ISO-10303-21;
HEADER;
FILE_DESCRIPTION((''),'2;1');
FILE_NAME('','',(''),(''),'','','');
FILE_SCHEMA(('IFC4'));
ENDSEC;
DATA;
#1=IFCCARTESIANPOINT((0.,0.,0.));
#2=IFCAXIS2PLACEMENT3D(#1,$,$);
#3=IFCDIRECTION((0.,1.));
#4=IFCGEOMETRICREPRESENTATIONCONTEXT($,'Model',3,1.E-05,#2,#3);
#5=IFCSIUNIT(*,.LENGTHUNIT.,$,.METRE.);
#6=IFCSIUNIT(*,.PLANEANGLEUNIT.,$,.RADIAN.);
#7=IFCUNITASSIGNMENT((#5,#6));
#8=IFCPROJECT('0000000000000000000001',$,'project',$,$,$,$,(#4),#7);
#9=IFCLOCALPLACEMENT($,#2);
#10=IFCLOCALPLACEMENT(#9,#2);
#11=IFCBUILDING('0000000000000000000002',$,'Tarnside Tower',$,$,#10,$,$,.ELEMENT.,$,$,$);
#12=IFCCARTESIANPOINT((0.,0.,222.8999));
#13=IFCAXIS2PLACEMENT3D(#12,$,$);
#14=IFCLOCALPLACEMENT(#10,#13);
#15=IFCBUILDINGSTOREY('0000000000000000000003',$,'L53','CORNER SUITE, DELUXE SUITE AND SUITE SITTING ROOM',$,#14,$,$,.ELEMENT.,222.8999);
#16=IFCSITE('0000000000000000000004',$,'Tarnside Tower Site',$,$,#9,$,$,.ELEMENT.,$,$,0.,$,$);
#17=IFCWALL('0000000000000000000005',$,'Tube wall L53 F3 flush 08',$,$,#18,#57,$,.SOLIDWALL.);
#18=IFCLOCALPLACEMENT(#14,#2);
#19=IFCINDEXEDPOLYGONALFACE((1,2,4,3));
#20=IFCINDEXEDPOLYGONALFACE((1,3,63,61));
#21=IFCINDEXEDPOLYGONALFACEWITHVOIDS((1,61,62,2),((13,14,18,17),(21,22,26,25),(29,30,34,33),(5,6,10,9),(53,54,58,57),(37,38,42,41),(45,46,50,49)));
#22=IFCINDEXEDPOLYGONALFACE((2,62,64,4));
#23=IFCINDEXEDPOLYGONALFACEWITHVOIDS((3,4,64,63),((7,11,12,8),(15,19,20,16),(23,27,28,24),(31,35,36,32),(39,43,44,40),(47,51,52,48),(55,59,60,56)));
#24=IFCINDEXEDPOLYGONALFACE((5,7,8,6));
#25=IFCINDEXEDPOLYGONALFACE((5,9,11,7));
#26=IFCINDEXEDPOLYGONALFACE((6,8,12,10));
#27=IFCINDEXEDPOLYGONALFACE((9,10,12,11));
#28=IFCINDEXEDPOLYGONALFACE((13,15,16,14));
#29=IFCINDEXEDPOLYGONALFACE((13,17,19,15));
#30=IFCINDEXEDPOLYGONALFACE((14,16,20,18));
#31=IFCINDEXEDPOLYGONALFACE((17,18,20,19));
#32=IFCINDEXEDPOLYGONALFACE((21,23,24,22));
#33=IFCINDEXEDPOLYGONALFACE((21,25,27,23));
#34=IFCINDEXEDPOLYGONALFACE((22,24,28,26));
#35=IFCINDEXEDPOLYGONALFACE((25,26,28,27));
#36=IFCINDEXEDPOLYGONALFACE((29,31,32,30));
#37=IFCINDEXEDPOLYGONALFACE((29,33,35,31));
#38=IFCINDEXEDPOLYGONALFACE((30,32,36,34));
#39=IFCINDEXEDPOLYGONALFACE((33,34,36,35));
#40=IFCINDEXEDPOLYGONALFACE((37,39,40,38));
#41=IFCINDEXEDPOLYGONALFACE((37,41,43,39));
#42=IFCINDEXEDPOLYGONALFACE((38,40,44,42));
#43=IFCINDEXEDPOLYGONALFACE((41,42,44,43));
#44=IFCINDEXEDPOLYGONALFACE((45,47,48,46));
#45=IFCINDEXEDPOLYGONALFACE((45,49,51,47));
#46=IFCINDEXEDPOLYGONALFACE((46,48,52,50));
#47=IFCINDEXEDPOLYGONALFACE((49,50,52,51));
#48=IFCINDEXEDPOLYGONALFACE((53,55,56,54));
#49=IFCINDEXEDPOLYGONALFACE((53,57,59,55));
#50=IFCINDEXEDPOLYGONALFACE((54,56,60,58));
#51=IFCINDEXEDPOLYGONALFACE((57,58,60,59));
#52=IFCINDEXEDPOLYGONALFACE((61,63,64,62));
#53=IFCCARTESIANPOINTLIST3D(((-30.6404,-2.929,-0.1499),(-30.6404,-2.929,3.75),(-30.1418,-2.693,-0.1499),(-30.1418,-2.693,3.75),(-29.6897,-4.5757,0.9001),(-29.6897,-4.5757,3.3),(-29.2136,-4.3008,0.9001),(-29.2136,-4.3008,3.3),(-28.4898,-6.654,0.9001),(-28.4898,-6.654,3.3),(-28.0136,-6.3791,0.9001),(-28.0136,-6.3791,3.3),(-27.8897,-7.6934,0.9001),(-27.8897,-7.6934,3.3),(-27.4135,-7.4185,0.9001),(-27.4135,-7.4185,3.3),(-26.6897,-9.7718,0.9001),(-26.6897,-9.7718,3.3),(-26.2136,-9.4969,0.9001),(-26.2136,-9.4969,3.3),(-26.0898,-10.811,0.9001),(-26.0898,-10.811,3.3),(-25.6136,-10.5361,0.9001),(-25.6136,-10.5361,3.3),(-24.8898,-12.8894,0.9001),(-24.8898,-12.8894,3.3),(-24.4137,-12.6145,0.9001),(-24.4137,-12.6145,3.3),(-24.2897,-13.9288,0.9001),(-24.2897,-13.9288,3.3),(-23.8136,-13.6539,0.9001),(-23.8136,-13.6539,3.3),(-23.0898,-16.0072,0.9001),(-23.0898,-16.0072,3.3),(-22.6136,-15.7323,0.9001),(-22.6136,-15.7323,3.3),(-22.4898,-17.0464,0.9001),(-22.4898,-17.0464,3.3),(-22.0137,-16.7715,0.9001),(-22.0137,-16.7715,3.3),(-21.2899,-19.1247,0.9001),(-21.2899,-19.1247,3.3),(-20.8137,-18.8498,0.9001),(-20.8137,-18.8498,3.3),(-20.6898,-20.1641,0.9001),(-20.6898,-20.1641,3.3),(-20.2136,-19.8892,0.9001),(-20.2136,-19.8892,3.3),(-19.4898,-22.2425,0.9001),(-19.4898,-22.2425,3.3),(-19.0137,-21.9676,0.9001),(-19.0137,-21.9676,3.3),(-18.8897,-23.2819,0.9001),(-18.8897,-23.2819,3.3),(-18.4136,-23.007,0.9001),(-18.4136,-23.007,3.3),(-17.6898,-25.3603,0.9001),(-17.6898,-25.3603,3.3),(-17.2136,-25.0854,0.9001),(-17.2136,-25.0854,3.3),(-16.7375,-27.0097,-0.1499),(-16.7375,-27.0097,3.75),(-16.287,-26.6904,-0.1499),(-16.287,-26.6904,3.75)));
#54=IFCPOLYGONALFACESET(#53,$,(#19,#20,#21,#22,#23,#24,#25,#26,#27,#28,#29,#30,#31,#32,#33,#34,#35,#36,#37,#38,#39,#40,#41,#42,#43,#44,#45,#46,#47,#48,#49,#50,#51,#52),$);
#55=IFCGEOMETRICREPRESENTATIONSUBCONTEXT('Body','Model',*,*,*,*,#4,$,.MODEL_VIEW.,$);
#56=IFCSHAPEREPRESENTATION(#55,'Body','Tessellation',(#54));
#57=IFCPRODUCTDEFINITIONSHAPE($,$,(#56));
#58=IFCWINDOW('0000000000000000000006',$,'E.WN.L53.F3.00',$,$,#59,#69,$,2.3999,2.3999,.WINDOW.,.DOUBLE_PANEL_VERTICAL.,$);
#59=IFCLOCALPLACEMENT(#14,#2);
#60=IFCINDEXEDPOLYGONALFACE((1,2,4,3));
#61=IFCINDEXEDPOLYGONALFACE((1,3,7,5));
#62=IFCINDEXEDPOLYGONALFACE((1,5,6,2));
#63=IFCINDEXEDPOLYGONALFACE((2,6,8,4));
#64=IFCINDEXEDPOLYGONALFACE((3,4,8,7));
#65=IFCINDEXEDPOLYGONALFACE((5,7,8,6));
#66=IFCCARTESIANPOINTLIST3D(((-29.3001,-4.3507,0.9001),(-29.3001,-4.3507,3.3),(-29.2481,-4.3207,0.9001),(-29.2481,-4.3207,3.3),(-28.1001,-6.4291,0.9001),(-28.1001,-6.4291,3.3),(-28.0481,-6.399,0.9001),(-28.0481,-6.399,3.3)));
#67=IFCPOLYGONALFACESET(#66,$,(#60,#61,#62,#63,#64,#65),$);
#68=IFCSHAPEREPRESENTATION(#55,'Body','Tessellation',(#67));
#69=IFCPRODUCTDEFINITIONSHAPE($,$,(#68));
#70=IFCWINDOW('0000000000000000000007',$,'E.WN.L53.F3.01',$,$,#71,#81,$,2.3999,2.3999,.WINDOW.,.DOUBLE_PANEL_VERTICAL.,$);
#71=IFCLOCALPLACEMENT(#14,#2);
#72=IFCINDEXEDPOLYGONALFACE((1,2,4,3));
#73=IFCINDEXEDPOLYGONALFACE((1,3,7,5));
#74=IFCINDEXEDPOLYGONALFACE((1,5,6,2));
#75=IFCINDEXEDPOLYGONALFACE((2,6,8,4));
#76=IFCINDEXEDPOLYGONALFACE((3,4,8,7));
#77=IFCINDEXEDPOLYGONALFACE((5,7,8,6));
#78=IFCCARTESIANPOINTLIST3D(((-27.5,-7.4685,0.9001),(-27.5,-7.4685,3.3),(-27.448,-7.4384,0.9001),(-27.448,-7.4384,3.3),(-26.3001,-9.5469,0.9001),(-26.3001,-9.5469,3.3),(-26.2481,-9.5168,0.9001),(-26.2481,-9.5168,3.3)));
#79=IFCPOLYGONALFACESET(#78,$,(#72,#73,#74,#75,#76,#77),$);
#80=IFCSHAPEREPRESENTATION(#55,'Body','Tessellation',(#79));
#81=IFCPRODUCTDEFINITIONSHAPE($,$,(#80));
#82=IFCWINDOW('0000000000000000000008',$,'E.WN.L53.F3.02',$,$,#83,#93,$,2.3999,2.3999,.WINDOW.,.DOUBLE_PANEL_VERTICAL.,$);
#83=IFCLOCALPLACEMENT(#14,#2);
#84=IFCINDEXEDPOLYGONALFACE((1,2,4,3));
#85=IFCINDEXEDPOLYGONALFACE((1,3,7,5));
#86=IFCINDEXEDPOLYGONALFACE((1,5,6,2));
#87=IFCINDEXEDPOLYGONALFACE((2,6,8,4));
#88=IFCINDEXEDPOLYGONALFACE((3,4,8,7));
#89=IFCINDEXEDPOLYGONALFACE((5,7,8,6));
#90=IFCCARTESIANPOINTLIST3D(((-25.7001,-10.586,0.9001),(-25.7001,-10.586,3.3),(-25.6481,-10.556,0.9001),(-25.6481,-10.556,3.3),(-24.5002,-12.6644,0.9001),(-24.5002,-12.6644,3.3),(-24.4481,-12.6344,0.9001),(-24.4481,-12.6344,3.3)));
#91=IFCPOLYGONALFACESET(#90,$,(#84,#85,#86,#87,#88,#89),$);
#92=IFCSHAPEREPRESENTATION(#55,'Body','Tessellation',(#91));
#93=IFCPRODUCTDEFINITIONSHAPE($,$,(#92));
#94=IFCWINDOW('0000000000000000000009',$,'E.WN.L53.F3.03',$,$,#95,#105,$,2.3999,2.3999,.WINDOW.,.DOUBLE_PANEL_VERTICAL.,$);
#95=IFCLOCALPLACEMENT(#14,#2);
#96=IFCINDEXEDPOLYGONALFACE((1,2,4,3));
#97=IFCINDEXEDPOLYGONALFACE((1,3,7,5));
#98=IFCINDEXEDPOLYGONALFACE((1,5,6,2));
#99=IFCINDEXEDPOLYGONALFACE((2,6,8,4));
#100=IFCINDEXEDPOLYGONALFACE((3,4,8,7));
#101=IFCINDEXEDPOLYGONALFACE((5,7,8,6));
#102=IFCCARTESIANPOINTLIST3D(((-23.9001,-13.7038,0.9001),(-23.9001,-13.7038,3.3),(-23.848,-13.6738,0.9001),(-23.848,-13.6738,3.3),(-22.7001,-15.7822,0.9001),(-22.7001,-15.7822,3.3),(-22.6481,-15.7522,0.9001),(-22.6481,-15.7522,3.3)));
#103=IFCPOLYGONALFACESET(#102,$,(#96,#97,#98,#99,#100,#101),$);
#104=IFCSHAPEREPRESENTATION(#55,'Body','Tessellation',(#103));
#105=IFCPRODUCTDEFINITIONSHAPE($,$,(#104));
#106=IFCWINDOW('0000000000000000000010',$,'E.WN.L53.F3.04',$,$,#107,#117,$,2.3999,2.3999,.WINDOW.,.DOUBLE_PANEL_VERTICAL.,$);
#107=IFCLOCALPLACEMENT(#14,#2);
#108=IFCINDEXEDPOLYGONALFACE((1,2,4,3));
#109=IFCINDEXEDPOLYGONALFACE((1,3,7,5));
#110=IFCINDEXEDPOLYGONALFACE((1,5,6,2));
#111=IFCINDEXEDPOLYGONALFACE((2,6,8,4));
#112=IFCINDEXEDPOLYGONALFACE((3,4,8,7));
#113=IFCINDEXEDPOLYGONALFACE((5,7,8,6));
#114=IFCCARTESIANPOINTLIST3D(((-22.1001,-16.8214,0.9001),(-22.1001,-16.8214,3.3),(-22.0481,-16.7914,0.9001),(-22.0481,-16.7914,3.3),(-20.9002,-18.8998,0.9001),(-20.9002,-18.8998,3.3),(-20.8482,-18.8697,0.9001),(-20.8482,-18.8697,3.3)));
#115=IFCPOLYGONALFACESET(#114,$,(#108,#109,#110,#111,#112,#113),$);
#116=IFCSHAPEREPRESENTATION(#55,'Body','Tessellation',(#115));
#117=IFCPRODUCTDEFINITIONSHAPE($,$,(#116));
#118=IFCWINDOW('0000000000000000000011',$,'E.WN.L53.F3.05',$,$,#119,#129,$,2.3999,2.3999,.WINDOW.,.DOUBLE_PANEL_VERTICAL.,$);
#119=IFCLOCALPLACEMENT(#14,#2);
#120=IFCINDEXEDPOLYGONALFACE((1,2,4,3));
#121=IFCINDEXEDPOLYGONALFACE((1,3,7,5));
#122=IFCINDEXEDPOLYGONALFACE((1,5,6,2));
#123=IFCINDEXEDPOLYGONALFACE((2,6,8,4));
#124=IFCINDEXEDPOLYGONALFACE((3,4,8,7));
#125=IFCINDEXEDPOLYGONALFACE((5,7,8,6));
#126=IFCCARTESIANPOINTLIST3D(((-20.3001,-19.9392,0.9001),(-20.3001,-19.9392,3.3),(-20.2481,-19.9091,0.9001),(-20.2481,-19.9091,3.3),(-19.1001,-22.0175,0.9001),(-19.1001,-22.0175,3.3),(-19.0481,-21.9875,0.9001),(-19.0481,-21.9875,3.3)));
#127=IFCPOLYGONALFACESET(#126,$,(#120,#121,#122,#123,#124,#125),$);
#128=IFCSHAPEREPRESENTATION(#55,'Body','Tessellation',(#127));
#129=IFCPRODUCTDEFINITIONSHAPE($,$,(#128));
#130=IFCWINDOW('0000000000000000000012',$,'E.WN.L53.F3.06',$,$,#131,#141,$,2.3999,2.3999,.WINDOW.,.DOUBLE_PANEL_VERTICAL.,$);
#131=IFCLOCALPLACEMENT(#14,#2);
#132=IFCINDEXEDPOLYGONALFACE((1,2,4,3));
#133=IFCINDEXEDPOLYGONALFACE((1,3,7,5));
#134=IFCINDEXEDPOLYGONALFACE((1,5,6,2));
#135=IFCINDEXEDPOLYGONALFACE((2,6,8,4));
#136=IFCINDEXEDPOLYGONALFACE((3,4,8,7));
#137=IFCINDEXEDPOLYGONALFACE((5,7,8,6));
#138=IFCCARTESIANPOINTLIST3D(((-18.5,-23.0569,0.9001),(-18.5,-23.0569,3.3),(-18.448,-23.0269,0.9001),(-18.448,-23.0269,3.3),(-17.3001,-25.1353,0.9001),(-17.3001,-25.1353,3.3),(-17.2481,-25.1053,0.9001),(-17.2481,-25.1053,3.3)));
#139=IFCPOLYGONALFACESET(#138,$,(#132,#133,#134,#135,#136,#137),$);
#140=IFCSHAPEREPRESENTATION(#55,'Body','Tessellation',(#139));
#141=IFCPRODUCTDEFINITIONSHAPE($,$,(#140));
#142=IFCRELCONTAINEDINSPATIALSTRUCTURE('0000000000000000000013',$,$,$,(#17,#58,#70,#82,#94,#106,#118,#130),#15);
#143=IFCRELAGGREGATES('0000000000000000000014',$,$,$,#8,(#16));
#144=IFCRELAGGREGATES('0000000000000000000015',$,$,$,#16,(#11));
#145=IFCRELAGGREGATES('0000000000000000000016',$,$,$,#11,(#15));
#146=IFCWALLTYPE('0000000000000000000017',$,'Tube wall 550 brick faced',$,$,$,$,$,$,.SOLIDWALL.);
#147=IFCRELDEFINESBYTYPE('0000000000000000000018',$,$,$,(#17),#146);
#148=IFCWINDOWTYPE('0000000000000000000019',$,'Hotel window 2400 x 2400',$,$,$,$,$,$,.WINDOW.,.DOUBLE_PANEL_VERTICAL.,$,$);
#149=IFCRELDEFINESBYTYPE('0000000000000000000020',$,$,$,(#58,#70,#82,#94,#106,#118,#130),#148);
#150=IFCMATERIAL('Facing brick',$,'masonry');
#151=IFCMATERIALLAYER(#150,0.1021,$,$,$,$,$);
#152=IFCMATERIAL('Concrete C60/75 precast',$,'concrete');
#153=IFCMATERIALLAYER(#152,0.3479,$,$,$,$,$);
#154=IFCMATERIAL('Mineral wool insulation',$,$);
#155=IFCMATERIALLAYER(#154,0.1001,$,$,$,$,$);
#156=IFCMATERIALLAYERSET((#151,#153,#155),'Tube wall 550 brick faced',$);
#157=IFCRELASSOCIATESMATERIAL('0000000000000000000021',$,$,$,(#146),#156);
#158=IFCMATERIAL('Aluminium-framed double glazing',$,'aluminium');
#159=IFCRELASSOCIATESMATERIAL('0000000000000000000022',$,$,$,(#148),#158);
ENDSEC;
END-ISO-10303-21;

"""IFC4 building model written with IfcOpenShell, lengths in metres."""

from ifc_helpers import new_model, si_unit, direction, frame, frame_2d, origin, place, context, subcontext, project, spatial, polyline, rectangle, outline, extrude, material, layer, layer_set, type_object, element, fill, save


model = new_model("IFC4")

# Units and contexts
model_context = context("Model", 3, precision=1e-05, world=origin(), true_north=direction((0.0, 1.0)))
body_context = subcontext(model_context, "Body", "Model", "MODEL_VIEW")
ifc_project = project(units=[si_unit("LENGTHUNIT", "METRE"), si_unit("PLANEANGLEUNIT", "RADIAN")], contexts=[model_context])

# Site, building, storey
site_placement = place(None, origin())
site = spatial("IfcSite", under=ifc_project, at=site_placement, Name="Tarnside Tower Site", CompositionType="ELEMENT", RefElevation=0.0)
building_placement = place(site_placement, origin())
building = spatial("IfcBuilding", under=site, at=building_placement, Name="Tarnside Tower", CompositionType="ELEMENT")
storey_placement = place(building_placement, frame((0.0, 0.0, 222.8999)))
storey = spatial("IfcBuildingStorey", under=building, at=storey_placement, Name="L53", Description="CORNER SUITE, DELUXE SUITE AND SUITE SITTING ROOM", CompositionType="ELEMENT", Elevation=222.8999)

# Shared definitions
ifc_material_1 = material(Name="Facing brick", Category="masonry")
ifc_layer_1 = layer(ifc_material_1, 0.1021)
ifc_material_2 = material(Name="Concrete C60/75 precast", Category="concrete")
ifc_layer_2 = layer(ifc_material_2, 0.3479)
ifc_material_3 = material(Name="Mineral wool insulation")
ifc_layer_3 = layer(ifc_material_3, 0.1001)
ifc_layer_set_1 = layer_set([ifc_layer_1, ifc_layer_2, ifc_layer_3], Name="Tube wall 550 brick faced")
wall_type_1 = type_object("IfcWallType", Name="Tube wall 550 brick faced", PredefinedType="SOLIDWALL", material=ifc_layer_set_1)

# Wall, openings, windows
wall_1_placement = place(storey_placement, frame((-30.3911, -2.811, -0.1499), z_axis=(0.0, 0.0, 1.0), x_axis=(0.499999, -0.866026, 0.0)))
wall_1 = element("IfcWall", 1, at=wall_1_placement, inside=storey, type_object=wall_type_1, Name="Tube wall L53 F3 flush 08", PredefinedType="SOLIDWALL", context=body_context, shape_type="SweptSolid", body=[
    extrude(outline(polyline([(-0.0225, -0.2749), (27.7834, -0.2749), (27.7322, 0.2749), (0.0225, 0.2749), (-0.0225, -0.2749)])), origin(), (0.0, 0.0, 1.0), 3.8999),
])
opening_1_placement = place(wall_1_placement, frame((1.8789, 0.0, 1.05)))
opening_1 = element("IfcOpeningElement", 2, at=opening_1_placement, cuts=wall_1, PredefinedType="OPENING", context=body_context, shape_type="SweptSolid", body=[
    extrude(rectangle(XDim=2.3999, YDim=2.3999, at=frame_2d((1.2, 1.2))), frame((0.0, 0.2852, 0.0), z_axis=(0.0, -1.0, 0.0), x_axis=(1.0, 0.0, 0.0)), (0.0, 0.0, 1.0), 0.5701),
])
opening_2_placement = place(wall_1_placement, frame((5.479, 0.0, 1.05)))
opening_2 = element("IfcOpeningElement", 3, at=opening_2_placement, cuts=wall_1, PredefinedType="OPENING", context=body_context, shape_type="SweptSolid", body=[
    extrude(rectangle(XDim=2.3999, YDim=2.3999, at=frame_2d((1.2, 1.2))), frame((0.0, 0.2852, 0.0), z_axis=(0.0, -1.0, 0.0), x_axis=(1.0, 0.0, 0.0)), (0.0, 0.0, 1.0), 0.5701),
])
opening_3_placement = place(wall_1_placement, frame((9.0789, 0.0, 1.05)))
opening_3 = element("IfcOpeningElement", 4, at=opening_3_placement, cuts=wall_1, PredefinedType="OPENING", context=body_context, shape_type="SweptSolid", body=[
    extrude(rectangle(XDim=2.3999, YDim=2.3999, at=frame_2d((1.2, 1.2))), frame((0.0, 0.2852, 0.0), z_axis=(0.0, -1.0, 0.0), x_axis=(1.0, 0.0, 0.0)), (0.0, 0.0, 1.0), 0.5701),
])
opening_4_placement = place(wall_1_placement, frame((12.679, 0.0, 1.05)))
opening_4 = element("IfcOpeningElement", 5, at=opening_4_placement, cuts=wall_1, PredefinedType="OPENING", context=body_context, shape_type="SweptSolid", body=[
    extrude(rectangle(XDim=2.3999, YDim=2.3999, at=frame_2d((1.2, 1.2))), frame((0.0, 0.2852, 0.0), z_axis=(0.0, -1.0, 0.0), x_axis=(1.0, 0.0, 0.0)), (0.0, 0.0, 1.0), 0.5701),
])
opening_5_placement = place(wall_1_placement, frame((16.2788, 0.0, 1.05)))
opening_5 = element("IfcOpeningElement", 6, at=opening_5_placement, cuts=wall_1, PredefinedType="OPENING", context=body_context, shape_type="SweptSolid", body=[
    extrude(rectangle(XDim=2.3999, YDim=2.3999, at=frame_2d((1.2, 1.2))), frame((0.0, 0.2852, 0.0), z_axis=(0.0, -1.0, 0.0), x_axis=(1.0, 0.0, 0.0)), (0.0, 0.0, 1.0), 0.5701),
])
opening_6_placement = place(wall_1_placement, frame((19.8789, 0.0, 1.05)))
opening_6 = element("IfcOpeningElement", 7, at=opening_6_placement, cuts=wall_1, PredefinedType="OPENING", context=body_context, shape_type="SweptSolid", body=[
    extrude(rectangle(XDim=2.3999, YDim=2.3999, at=frame_2d((1.2, 1.2))), frame((0.0, 0.2852, 0.0), z_axis=(0.0, -1.0, 0.0), x_axis=(1.0, 0.0, 0.0)), (0.0, 0.0, 1.0), 0.5701),
])
opening_7_placement = place(wall_1_placement, frame((23.479, 0.0, 1.05)))
opening_7 = element("IfcOpeningElement", 8, at=opening_7_placement, cuts=wall_1, PredefinedType="OPENING", context=body_context, shape_type="SweptSolid", body=[
    extrude(rectangle(XDim=2.3999, YDim=2.3999, at=frame_2d((1.2, 1.2))), frame((0.0, 0.2852, 0.0), z_axis=(0.0, -1.0, 0.0), x_axis=(1.0, 0.0, 0.0)), (0.0, 0.0, 1.0), 0.5701),
])
ifc_material_4 = material(Name="Aluminium-framed double glazing", Category="aluminium")
window_type = type_object("IfcWindowType", Name="Hotel window 2400 x 2400", PartitioningType="DOUBLE_PANEL_VERTICAL", PredefinedType="WINDOW", material=ifc_material_4)
window_1_placement = place(opening_1_placement, frame((0.0, 0.2051, 0.0)))
window_1 = element("IfcWindow", 9, at=window_1_placement, inside=storey, type_object=window_type, Name="E.WN.L53.F3.00", OverallHeight=2.3999, OverallWidth=2.3999, PartitioningType="DOUBLE_PANEL_VERTICAL", PredefinedType="WINDOW", context=body_context, shape_type="SweptSolid", body=[
    extrude(rectangle(XDim=2.3999, YDim=2.3999, at=frame_2d((1.2, 1.2))), frame((0.0, 0.03, 0.0), z_axis=(0.0, -1.0, 0.0), x_axis=(1.0, 0.0, 0.0)), (0.0, 0.0, 1.0), 0.0601),
])
fill(opening_1, window_1)
window_2_placement = place(opening_2_placement, frame((0.0, 0.2051, 0.0)))
window_2 = element("IfcWindow", 10, at=window_2_placement, inside=storey, type_object=window_type, Name="E.WN.L53.F3.01", OverallHeight=2.3999, OverallWidth=2.3999, PartitioningType="DOUBLE_PANEL_VERTICAL", PredefinedType="WINDOW", context=body_context, shape_type="SweptSolid", body=[
    extrude(rectangle(XDim=2.3999, YDim=2.3999, at=frame_2d((1.2, 1.2))), frame((0.0, 0.03, 0.0), z_axis=(0.0, -1.0, 0.0), x_axis=(1.0, 0.0, 0.0)), (0.0, 0.0, 1.0), 0.0601),
])
fill(opening_2, window_2)
window_3_placement = place(opening_3_placement, frame((0.0, 0.2051, 0.0)))
window_3 = element("IfcWindow", 11, at=window_3_placement, inside=storey, type_object=window_type, Name="E.WN.L53.F3.02", OverallHeight=2.3999, OverallWidth=2.3999, PartitioningType="DOUBLE_PANEL_VERTICAL", PredefinedType="WINDOW", context=body_context, shape_type="SweptSolid", body=[
    extrude(rectangle(XDim=2.3999, YDim=2.3999, at=frame_2d((1.2, 1.2))), frame((0.0, 0.03, 0.0), z_axis=(0.0, -1.0, 0.0), x_axis=(1.0, 0.0, 0.0)), (0.0, 0.0, 1.0), 0.0601),
])
fill(opening_3, window_3)
window_4_placement = place(opening_4_placement, frame((0.0, 0.2051, 0.0)))
window_4 = element("IfcWindow", 12, at=window_4_placement, inside=storey, type_object=window_type, Name="E.WN.L53.F3.03", OverallHeight=2.3999, OverallWidth=2.3999, PartitioningType="DOUBLE_PANEL_VERTICAL", PredefinedType="WINDOW", context=body_context, shape_type="SweptSolid", body=[
    extrude(rectangle(XDim=2.3999, YDim=2.3999, at=frame_2d((1.2, 1.2))), frame((0.0, 0.03, 0.0), z_axis=(0.0, -1.0, 0.0), x_axis=(1.0, 0.0, 0.0)), (0.0, 0.0, 1.0), 0.0601),
])
fill(opening_4, window_4)
window_5_placement = place(opening_5_placement, frame((0.0, 0.2051, 0.0)))
window_5 = element("IfcWindow", 13, at=window_5_placement, inside=storey, type_object=window_type, Name="E.WN.L53.F3.04", OverallHeight=2.3999, OverallWidth=2.3999, PartitioningType="DOUBLE_PANEL_VERTICAL", PredefinedType="WINDOW", context=body_context, shape_type="SweptSolid", body=[
    extrude(rectangle(XDim=2.3999, YDim=2.3999, at=frame_2d((1.2, 1.2))), frame((0.0, 0.03, 0.0), z_axis=(0.0, -1.0, 0.0), x_axis=(1.0, 0.0, 0.0)), (0.0, 0.0, 1.0), 0.0601),
])
fill(opening_5, window_5)
window_6_placement = place(opening_6_placement, frame((0.0, 0.2051, 0.0)))
window_6 = element("IfcWindow", 14, at=window_6_placement, inside=storey, type_object=window_type, Name="E.WN.L53.F3.05", OverallHeight=2.3999, OverallWidth=2.3999, PartitioningType="DOUBLE_PANEL_VERTICAL", PredefinedType="WINDOW", context=body_context, shape_type="SweptSolid", body=[
    extrude(rectangle(XDim=2.3999, YDim=2.3999, at=frame_2d((1.2, 1.2))), frame((0.0, 0.03, 0.0), z_axis=(0.0, -1.0, 0.0), x_axis=(1.0, 0.0, 0.0)), (0.0, 0.0, 1.0), 0.0601),
])
fill(opening_6, window_6)
window_7_placement = place(opening_7_placement, frame((0.0, 0.2051, 0.0)))
window_7 = element("IfcWindow", 15, at=window_7_placement, inside=storey, type_object=window_type, Name="E.WN.L53.F3.06", OverallHeight=2.3999, OverallWidth=2.3999, PartitioningType="DOUBLE_PANEL_VERTICAL", PredefinedType="WINDOW", context=body_context, shape_type="SweptSolid", body=[
    extrude(rectangle(XDim=2.3999, YDim=2.3999, at=frame_2d((1.2, 1.2))), frame((0.0, 0.03, 0.0), z_axis=(0.0, -1.0, 0.0), x_axis=(1.0, 0.0, 0.0)), (0.0, 0.0, 1.0), 0.0601),
])
fill(opening_7, window_7)

save(model, "model.ifc")
